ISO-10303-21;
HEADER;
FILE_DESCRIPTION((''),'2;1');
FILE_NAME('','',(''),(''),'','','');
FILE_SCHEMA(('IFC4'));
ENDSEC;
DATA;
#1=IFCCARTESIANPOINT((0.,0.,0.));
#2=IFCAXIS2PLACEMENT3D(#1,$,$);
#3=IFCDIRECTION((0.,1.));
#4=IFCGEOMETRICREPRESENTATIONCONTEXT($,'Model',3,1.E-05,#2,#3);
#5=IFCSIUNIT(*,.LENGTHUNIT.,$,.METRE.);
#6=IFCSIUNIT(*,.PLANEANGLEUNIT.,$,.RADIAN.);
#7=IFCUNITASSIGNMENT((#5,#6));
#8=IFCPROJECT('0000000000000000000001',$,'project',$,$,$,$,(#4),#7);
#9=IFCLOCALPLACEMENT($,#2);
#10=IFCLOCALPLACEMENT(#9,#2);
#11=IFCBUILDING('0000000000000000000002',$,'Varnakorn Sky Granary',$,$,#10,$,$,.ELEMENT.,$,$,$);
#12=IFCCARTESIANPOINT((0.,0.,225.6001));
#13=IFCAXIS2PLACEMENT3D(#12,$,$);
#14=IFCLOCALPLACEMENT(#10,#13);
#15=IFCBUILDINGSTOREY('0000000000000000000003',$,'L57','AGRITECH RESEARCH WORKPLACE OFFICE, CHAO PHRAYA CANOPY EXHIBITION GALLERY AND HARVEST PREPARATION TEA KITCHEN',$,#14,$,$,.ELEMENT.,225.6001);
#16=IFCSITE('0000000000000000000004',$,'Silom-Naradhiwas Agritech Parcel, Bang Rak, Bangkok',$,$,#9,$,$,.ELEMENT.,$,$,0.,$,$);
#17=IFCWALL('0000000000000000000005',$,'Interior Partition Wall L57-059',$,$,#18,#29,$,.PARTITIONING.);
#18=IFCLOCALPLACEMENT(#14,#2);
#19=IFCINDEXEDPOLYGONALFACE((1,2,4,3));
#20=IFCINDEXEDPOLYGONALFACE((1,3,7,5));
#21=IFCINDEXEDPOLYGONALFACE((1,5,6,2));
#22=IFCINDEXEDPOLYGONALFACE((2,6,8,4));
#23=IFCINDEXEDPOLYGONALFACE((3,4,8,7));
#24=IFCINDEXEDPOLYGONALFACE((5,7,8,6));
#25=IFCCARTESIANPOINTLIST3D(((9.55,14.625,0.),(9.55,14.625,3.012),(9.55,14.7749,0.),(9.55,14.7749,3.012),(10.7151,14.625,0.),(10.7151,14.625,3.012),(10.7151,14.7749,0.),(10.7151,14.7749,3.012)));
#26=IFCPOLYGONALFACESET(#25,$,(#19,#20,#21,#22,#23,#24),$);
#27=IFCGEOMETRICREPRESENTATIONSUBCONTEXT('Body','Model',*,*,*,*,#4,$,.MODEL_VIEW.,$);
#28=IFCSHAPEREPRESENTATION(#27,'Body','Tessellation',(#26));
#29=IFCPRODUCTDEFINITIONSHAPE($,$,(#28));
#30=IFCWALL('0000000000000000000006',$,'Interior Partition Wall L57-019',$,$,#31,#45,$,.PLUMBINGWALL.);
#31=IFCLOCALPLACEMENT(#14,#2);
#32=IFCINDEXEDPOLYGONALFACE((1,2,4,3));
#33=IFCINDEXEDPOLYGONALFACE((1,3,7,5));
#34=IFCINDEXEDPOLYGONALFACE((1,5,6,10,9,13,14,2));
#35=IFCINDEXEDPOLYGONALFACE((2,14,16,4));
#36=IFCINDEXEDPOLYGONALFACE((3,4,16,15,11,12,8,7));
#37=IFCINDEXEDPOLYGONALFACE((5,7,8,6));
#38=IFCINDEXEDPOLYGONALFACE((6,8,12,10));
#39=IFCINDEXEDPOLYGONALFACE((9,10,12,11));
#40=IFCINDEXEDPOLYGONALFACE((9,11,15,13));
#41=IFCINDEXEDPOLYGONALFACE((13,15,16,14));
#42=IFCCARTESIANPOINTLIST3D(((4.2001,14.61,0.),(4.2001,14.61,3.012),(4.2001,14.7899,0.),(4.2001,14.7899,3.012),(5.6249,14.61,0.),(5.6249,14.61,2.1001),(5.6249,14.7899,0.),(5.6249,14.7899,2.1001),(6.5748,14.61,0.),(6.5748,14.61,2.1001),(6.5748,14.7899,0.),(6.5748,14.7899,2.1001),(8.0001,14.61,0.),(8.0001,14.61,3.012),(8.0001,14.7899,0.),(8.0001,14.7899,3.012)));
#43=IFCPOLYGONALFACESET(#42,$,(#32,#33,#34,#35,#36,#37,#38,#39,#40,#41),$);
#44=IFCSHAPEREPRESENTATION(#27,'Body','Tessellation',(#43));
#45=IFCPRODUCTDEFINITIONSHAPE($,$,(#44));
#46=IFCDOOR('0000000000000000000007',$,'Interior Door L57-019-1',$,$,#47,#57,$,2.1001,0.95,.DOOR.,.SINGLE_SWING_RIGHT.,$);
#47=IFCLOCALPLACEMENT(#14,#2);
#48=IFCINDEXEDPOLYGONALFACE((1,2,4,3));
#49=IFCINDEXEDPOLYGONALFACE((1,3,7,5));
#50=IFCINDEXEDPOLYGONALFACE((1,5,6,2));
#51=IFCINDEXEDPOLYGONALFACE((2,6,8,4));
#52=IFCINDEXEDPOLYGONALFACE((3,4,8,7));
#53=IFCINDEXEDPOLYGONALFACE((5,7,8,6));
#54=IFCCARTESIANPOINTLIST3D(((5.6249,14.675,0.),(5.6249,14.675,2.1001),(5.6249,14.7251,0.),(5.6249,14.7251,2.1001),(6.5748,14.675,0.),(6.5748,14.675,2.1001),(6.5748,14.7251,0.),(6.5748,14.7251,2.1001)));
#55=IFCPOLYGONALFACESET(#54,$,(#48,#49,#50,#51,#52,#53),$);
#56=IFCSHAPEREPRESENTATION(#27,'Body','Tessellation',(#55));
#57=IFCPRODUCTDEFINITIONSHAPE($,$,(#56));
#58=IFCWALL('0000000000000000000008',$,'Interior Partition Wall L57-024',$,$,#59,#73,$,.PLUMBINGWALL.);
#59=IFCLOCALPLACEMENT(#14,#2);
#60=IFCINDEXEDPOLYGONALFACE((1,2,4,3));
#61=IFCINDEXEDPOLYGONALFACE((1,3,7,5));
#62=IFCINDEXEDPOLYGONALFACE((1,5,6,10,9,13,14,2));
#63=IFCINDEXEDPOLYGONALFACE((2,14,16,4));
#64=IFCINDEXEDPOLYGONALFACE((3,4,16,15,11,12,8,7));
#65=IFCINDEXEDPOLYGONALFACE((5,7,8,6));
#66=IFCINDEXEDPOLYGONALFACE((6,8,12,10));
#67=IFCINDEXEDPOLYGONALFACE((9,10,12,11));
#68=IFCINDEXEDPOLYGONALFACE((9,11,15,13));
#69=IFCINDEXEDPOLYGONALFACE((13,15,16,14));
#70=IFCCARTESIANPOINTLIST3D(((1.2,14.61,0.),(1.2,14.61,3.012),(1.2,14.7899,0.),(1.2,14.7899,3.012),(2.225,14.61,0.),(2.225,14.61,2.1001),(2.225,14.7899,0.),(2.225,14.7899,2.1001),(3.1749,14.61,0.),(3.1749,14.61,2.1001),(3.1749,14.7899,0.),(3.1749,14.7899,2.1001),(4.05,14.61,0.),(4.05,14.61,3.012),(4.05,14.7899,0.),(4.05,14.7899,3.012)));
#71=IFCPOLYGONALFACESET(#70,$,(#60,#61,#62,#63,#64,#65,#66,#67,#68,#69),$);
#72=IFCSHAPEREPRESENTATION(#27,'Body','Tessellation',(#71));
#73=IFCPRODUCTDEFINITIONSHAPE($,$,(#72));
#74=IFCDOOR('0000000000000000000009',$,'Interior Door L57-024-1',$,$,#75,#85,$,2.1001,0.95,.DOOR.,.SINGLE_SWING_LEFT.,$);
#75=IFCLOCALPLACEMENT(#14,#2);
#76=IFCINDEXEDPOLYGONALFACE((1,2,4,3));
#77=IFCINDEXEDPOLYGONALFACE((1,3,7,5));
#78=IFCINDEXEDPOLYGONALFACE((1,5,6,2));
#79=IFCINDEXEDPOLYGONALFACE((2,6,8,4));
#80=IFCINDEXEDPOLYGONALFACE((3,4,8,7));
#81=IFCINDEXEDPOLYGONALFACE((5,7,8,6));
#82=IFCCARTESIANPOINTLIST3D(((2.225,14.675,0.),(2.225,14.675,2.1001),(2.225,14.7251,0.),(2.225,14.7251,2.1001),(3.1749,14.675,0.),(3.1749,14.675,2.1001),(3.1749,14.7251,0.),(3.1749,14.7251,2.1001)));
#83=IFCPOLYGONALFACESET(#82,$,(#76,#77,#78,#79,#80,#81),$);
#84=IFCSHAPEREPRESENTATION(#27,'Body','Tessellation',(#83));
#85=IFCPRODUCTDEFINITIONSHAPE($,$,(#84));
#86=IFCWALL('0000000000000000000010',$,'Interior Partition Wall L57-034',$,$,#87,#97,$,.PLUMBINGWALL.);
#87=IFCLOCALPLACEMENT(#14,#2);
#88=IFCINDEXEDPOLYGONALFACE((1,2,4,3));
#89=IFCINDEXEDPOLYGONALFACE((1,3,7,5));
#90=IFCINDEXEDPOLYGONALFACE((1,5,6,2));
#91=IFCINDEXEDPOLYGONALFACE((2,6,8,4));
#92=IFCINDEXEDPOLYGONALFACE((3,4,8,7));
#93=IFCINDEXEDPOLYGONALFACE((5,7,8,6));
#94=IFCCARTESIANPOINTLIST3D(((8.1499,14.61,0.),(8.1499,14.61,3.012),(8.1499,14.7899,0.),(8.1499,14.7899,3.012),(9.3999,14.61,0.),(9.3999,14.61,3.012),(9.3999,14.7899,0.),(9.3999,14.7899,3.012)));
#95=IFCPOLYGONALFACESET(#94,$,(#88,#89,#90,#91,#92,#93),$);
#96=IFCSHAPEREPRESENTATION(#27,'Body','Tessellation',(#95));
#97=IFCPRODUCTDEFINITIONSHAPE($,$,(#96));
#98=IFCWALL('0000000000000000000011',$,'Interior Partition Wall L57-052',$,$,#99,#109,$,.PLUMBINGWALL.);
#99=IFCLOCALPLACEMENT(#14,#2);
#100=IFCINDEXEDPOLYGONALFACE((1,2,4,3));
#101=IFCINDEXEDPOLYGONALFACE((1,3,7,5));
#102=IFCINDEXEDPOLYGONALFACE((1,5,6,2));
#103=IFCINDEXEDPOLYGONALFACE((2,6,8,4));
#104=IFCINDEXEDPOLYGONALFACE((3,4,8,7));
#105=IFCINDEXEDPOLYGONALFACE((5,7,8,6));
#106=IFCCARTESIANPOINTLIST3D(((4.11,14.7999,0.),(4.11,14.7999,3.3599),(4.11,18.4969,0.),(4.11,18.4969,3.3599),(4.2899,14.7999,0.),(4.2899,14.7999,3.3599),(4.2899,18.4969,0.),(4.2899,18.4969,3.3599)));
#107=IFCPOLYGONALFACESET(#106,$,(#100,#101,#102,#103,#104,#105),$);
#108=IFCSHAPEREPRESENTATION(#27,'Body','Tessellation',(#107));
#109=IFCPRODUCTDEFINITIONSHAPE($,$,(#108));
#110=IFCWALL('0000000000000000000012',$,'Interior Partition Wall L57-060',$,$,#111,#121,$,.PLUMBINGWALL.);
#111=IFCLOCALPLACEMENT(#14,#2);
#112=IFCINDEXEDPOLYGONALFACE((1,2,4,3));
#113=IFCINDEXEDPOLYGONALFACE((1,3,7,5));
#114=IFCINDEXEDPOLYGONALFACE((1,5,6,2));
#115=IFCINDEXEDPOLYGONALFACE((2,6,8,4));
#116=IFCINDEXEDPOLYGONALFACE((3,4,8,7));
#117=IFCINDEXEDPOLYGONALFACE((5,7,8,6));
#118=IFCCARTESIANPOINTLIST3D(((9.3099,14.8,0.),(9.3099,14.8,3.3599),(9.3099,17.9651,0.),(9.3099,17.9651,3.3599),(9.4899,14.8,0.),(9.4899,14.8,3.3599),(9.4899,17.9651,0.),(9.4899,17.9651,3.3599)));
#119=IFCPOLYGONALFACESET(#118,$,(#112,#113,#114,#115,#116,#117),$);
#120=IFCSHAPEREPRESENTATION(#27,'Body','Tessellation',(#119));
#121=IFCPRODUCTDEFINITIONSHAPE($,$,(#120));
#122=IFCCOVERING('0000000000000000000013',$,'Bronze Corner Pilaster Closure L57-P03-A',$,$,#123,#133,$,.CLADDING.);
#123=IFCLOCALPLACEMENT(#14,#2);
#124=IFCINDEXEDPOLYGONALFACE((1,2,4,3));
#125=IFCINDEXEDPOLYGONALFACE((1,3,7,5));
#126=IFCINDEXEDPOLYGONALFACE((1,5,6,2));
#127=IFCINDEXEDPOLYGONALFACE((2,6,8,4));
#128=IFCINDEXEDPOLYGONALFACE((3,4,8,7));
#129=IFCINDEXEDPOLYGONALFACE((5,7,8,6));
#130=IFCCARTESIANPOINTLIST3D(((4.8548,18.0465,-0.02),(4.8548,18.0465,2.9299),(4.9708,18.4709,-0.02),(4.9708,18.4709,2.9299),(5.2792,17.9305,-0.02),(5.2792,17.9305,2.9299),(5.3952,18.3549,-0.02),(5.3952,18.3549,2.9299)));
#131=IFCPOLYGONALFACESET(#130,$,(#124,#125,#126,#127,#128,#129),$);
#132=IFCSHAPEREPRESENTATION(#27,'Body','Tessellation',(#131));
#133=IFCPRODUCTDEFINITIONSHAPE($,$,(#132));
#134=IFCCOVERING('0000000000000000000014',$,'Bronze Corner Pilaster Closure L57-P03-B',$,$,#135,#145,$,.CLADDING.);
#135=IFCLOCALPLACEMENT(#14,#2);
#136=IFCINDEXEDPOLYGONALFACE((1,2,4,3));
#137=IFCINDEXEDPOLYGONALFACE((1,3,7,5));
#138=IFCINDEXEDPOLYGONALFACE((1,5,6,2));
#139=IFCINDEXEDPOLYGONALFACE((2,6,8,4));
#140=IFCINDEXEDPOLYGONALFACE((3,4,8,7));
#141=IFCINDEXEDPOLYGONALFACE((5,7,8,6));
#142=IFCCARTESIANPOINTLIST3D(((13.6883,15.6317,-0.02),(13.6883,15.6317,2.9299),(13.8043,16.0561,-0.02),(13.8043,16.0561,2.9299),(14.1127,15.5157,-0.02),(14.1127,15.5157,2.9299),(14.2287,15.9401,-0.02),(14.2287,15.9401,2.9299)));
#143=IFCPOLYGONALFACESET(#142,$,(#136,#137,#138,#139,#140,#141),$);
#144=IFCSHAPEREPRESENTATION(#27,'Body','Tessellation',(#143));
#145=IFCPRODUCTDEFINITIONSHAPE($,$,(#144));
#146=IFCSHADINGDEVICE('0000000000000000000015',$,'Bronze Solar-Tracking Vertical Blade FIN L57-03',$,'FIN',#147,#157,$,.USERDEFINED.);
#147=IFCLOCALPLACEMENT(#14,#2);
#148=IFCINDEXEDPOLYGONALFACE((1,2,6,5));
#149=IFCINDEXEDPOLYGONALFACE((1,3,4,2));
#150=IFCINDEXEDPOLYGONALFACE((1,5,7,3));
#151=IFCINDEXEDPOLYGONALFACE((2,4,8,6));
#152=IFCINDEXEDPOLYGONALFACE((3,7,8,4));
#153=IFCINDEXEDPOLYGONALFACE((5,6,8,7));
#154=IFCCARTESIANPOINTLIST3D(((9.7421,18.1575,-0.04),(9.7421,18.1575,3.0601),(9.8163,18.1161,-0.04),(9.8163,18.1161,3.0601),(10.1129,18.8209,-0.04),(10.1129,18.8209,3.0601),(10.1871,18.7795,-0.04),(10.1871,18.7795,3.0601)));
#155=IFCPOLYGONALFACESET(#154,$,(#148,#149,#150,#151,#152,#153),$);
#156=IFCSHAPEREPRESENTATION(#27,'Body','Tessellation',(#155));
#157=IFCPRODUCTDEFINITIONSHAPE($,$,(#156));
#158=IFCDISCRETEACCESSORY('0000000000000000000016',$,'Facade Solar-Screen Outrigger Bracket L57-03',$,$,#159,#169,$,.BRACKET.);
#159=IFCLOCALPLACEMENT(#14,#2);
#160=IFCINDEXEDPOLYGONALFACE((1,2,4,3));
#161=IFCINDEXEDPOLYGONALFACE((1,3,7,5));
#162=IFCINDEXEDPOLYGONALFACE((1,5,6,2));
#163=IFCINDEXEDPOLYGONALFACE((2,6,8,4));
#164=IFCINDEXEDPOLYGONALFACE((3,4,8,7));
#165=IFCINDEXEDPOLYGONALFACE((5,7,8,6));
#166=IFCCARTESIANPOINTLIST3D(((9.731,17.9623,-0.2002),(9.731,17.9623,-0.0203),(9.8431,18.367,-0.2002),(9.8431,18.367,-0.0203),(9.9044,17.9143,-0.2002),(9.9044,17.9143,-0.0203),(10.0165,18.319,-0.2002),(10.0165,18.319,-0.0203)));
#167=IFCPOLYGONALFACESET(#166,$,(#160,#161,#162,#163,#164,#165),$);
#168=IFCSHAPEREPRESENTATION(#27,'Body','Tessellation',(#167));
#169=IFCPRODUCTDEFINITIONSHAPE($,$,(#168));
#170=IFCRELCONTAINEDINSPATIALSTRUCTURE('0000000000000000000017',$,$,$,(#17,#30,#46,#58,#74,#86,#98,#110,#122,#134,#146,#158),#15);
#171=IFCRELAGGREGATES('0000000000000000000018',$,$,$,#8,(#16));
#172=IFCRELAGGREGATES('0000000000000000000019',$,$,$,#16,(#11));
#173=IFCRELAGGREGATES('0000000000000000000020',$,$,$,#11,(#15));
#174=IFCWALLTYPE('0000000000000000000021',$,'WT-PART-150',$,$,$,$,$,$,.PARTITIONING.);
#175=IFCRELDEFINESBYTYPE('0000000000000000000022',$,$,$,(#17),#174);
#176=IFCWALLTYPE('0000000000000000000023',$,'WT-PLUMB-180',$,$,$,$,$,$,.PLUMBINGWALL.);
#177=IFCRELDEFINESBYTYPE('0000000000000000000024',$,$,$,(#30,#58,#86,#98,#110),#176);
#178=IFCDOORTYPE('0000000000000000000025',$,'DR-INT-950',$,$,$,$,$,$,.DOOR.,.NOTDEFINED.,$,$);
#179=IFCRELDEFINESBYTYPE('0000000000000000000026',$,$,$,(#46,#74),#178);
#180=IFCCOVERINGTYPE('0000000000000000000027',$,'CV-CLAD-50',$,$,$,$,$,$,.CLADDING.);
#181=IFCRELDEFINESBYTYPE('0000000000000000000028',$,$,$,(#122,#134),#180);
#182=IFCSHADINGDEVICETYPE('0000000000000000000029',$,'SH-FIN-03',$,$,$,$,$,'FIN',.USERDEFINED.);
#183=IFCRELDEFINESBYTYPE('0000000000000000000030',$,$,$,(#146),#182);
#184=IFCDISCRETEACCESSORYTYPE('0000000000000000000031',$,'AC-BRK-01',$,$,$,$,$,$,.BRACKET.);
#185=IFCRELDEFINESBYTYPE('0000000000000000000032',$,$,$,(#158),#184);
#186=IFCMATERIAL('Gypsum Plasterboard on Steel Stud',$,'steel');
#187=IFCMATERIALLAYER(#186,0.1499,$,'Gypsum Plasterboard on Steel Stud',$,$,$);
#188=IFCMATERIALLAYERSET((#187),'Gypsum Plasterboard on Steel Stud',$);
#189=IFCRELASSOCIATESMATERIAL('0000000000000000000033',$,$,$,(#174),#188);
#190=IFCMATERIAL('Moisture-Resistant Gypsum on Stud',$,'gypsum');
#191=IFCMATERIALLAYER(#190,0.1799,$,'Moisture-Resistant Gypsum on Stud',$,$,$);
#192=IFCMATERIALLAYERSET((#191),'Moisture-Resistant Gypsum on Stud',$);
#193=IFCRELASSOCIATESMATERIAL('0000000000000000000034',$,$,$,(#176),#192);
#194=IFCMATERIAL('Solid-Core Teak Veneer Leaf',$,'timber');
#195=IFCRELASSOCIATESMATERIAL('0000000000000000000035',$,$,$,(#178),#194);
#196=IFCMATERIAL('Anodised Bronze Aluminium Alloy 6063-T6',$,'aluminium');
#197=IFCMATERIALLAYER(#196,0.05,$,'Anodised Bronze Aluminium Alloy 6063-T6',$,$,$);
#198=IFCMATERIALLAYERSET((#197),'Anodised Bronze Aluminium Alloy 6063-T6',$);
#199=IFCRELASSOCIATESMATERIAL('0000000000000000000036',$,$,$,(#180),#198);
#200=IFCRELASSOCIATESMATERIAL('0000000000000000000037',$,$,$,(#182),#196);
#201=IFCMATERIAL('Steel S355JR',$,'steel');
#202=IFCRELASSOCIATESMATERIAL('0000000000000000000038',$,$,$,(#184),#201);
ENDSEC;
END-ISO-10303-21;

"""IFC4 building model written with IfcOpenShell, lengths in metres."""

from ifc_helpers import new_model, si_unit, direction, frame, frame_2d, origin, origin_2d, place, context, subcontext, project, spatial, rectangle, extrude, source, transform, mapped, material, layer, layer_set, type_object, type_shapes, element, fill, save


model = new_model("IFC4")

# Units and contexts
model_context = context("Model", 3, precision=1e-05, world=origin(), true_north=direction((0.0, 1.0)))
body_context = subcontext(model_context, "Body", "Model", "MODEL_VIEW")
ifc_project = project(units=[si_unit("LENGTHUNIT", "METRE"), si_unit("PLANEANGLEUNIT", "RADIAN")], contexts=[model_context])

# Site, building, storey
site_placement = place(None, origin())
site = spatial("IfcSite", under=ifc_project, at=site_placement, Name="Silom-Naradhiwas Agritech Parcel, Bang Rak, Bangkok", CompositionType="ELEMENT", RefElevation=0.0)
building_placement = place(site_placement, origin())
building = spatial("IfcBuilding", under=site, at=building_placement, Name="Varnakorn Sky Granary", CompositionType="ELEMENT")
storey_placement = place(building_placement, frame((0.0, 0.0, 225.6001)))
storey = spatial("IfcBuildingStorey", under=building, at=storey_placement, Name="L57", Description="AGRITECH RESEARCH WORKPLACE OFFICE, CHAO PHRAYA CANOPY EXHIBITION GALLERY AND HARVEST PREPARATION TEA KITCHEN", CompositionType="ELEMENT", Elevation=225.6001)

# Shared definitions
ifc_material_1 = material(Name="Steel S355JR", Category="steel")

# Shared definitions
ifc_material_2 = material(Name="Anodised Bronze Aluminium Alloy 6063-T6", Category="aluminium")

# Wall
ifc_material_3 = material(Name="Gypsum Plasterboard on Steel Stud", Category="steel")
ifc_layer_1 = layer(ifc_material_3, 0.1499, Name="Gypsum Plasterboard on Steel Stud")
ifc_layer_set_1 = layer_set([ifc_layer_1], Name="Gypsum Plasterboard on Steel Stud")
wall_type_1 = type_object("IfcWallType", Name="WT-PART-150", PredefinedType="PARTITIONING", material=ifc_layer_set_1)
wall_1_placement = place(storey_placement, frame((10.7151, 14.7, 0.0), z_axis=(0.0, 0.0, 1.0), x_axis=(-1.0, 0.0, 0.0)))
element("IfcWall", 1, at=wall_1_placement, inside=storey, type_object=wall_type_1, Name="Interior Partition Wall L57-059", PredefinedType="PARTITIONING", context=body_context, shape_type="SweptSolid", body=[
    extrude(rectangle(XDim=1.165, YDim=0.1499, at=frame_2d((0.5825, 0.0))), origin(), (0.0, 0.0, 1.0), 3.012),
])

# Walls, openings, doors
ifc_material_4 = material(Name="Moisture-Resistant Gypsum on Stud", Category="gypsum")
ifc_layer_2 = layer(ifc_material_4, 0.1799, Name="Moisture-Resistant Gypsum on Stud")
ifc_layer_set_2 = layer_set([ifc_layer_2], Name="Moisture-Resistant Gypsum on Stud")
wall_type_2 = type_object("IfcWallType", Name="WT-PLUMB-180", PredefinedType="PLUMBINGWALL", material=ifc_layer_set_2)
wall_2_placement = place(storey_placement, frame((8.0, 14.7, 0.0), z_axis=(0.0, 0.0, 1.0), x_axis=(-1.0, 0.0, 0.0)))
wall_2 = element("IfcWall", 2, at=wall_2_placement, inside=storey, type_object=wall_type_2, Name="Interior Partition Wall L57-019", PredefinedType="PLUMBINGWALL", context=body_context, shape_type="SweptSolid", body=[
    extrude(rectangle(XDim=3.8, YDim=0.1799, at=frame_2d((1.8999, 0.0))), origin(), (0.0, 0.0, 1.0), 3.012),
])
opening_1_placement = place(wall_2_placement, frame((1.425, 0.0, 0.0)))
opening_1 = element("IfcOpeningElement", 3, at=opening_1_placement, cuts=wall_2, PredefinedType="OPENING", context=body_context, shape_type="SweptSolid", body=[
    extrude(rectangle(XDim=0.95, YDim=2.1001, at=frame_2d((0.4751, 1.05))), frame((0.0, 0.1001, 0.0), z_axis=(0.0, -1.0, 0.0), x_axis=(1.0, 0.0, 0.0)), (0.0, 0.0, 1.0), 0.2),
])
ifc_material_5 = material(Name="Solid-Core Teak Veneer Leaf", Category="timber")
door_type = type_object("IfcDoorType", Name="DR-INT-950", OperationType="NOTDEFINED", PredefinedType="DOOR", material=ifc_material_5)
door_1_placement = place(opening_1_placement, origin())
door_1 = element("IfcDoor", 4, at=door_1_placement, inside=storey, type_object=door_type, Name="Interior Door L57-019-1", OperationType="SINGLE_SWING_RIGHT", OverallHeight=2.1001, OverallWidth=0.95, PredefinedType="DOOR", context=body_context, shape_type="SweptSolid", body=[
    extrude(rectangle(XDim=0.95, YDim=2.1001, at=frame_2d((0.4751, 1.05))), frame((0.0, 0.0249, 0.0), z_axis=(0.0, -1.0, 0.0), x_axis=(1.0, 0.0, 0.0)), (0.0, 0.0, 1.0), 0.05),
])
fill(opening_1, door_1)
wall_3_placement = place(storey_placement, frame((4.05, 14.7, 0.0), z_axis=(0.0, 0.0, 1.0), x_axis=(-1.0, 0.0, 0.0)))
wall_3 = element("IfcWall", 5, at=wall_3_placement, inside=storey, type_object=wall_type_2, Name="Interior Partition Wall L57-024", PredefinedType="PLUMBINGWALL", context=body_context, shape_type="SweptSolid", body=[
    extrude(rectangle(XDim=2.8501, YDim=0.1799, at=frame_2d((1.425, 0.0))), origin(), (0.0, 0.0, 1.0), 3.012),
])
opening_2_placement = place(wall_3_placement, frame((0.875, 0.0, 0.0)))
opening_2 = element("IfcOpeningElement", 6, at=opening_2_placement, cuts=wall_3, PredefinedType="OPENING", context=body_context, shape_type="SweptSolid", body=[
    extrude(rectangle(XDim=0.95, YDim=2.1001, at=frame_2d((0.4751, 1.05))), frame((0.0, 0.1001, 0.0), z_axis=(0.0, -1.0, 0.0), x_axis=(1.0, 0.0, 0.0)), (0.0, 0.0, 1.0), 0.2),
])
door_2_placement = place(opening_2_placement, origin())
door_2 = element("IfcDoor", 7, at=door_2_placement, inside=storey, type_object=door_type, Name="Interior Door L57-024-1", OperationType="SINGLE_SWING_LEFT", OverallHeight=2.1001, OverallWidth=0.95, PredefinedType="DOOR", context=body_context, shape_type="SweptSolid", body=[
    extrude(rectangle(XDim=0.95, YDim=2.1001, at=frame_2d((0.4751, 1.05))), frame((0.0, 0.0249, 0.0), z_axis=(0.0, -1.0, 0.0), x_axis=(1.0, 0.0, 0.0)), (0.0, 0.0, 1.0), 0.05),
])
fill(opening_2, door_2)

# Walls
wall_4_placement = place(storey_placement, frame((9.3999, 14.7, 0.0), z_axis=(0.0, 0.0, 1.0), x_axis=(-1.0, 0.0, 0.0)))
element("IfcWall", 8, at=wall_4_placement, inside=storey, type_object=wall_type_2, Name="Interior Partition Wall L57-034", PredefinedType="PLUMBINGWALL", context=body_context, shape_type="SweptSolid", body=[
    extrude(rectangle(XDim=1.25, YDim=0.1799, at=frame_2d((0.625, 0.0))), origin(), (0.0, 0.0, 1.0), 3.012),
])
wall_5_placement = place(storey_placement, frame((4.2, 18.4971, 0.0), z_axis=(0.0, 0.0, 1.0), x_axis=(0.0, -1.0, 0.0)))
element("IfcWall", 9, at=wall_5_placement, inside=storey, type_object=wall_type_2, Name="Interior Partition Wall L57-052", PredefinedType="PLUMBINGWALL", context=body_context, shape_type="SweptSolid", body=[
    extrude(rectangle(XDim=3.697, YDim=0.1799, at=frame_2d((1.8486, 0.0))), origin(), (0.0, 0.0, 1.0), 3.3599),
])
wall_6_placement = place(storey_placement, frame((9.3999, 14.8, 0.0), z_axis=(0.0, 0.0, 1.0), x_axis=(0.0, 1.0, 0.0)))
element("IfcWall", 10, at=wall_6_placement, inside=storey, type_object=wall_type_2, Name="Interior Partition Wall L57-060", PredefinedType="PLUMBINGWALL", context=body_context, shape_type="SweptSolid", body=[
    extrude(rectangle(XDim=3.165, YDim=0.1799, at=frame_2d((1.5825, 0.0))), origin(), (0.0, 0.0, 1.0), 3.3599),
])

# Coverings
ifc_layer_3 = layer(ifc_material_2, 0.05, Name="Anodised Bronze Aluminium Alloy 6063-T6")
ifc_layer_set_3 = layer_set([ifc_layer_3], Name="Anodised Bronze Aluminium Alloy 6063-T6")
covering_type = type_object("IfcCoveringType", Name="CV-CLAD-50", PredefinedType="CLADDING", material=ifc_layer_set_3)
shared_shape_1 = source(origin(), body_context, "Body", "SweptSolid", [
    extrude(rectangle(XDim=0.4399, YDim=0.4399, at=origin_2d()), origin(), (0.0, 0.0, 1.0), 2.95),
])
type_shapes(covering_type, [shared_shape_1])
for number, where, z_axis, x_axis, name in (
    (11, (5.125, 18.2007, -0.02), (0.0, 0.0, 1.0), (0.964603, -0.263705, 0.0), "Bronze Corner Pilaster Closure L57-P03-A"),
    (12, (13.9585, 15.7859, -0.02), (0.0, 0.0, 1.0), (0.964603, -0.263705, 0.0), "Bronze Corner Pilaster Closure L57-P03-B"),
):
    element("IfcCovering", number, at=place(storey_placement, frame(where, z_axis=z_axis, x_axis=x_axis)), inside=storey, type_object=covering_type, Name=name, PredefinedType="CLADDING", context=body_context, shape_type="MappedRepresentation", body=[
        mapped(shared_shape_1, transform((0.0, 0.0, 0.0), x_axis=(1.0, 0.0, 0.0), y_axis=(0.0, 1.0, 0.0), z_axis=(0.0, 0.0, 1.0), scale=1.0)),
    ])

# Shading device
shading_device_type = type_object("IfcShadingDeviceType", Name="SH-FIN-03", ElementType="FIN", PredefinedType="USERDEFINED", material=ifc_material_2)
shared_shape_2 = source(origin(), body_context, "Body", "SweptSolid", [
    extrude(rectangle(XDim=0.085, YDim=0.76, at=origin_2d()), origin(), (0.0, 0.0, 1.0), 3.1001),
])
type_shapes(shading_device_type, [shared_shape_2])
shading_device_placement = place(storey_placement, frame((9.9646, 18.4685, -0.04), z_axis=(0.0, 0.0, 1.0), x_axis=(-0.872923, 0.487859, 0.0)))
element("IfcShadingDevice", 13, at=shading_device_placement, inside=storey, type_object=shading_device_type, Name="Bronze Solar-Tracking Vertical Blade FIN L57-03", ObjectType="FIN", PredefinedType="USERDEFINED", context=body_context, shape_type="MappedRepresentation", body=[
    mapped(shared_shape_2, transform((0.0, 0.0, 0.0), x_axis=(1.0, 0.0, 0.0), y_axis=(0.0, 1.0, 0.0), z_axis=(0.0, 0.0, 1.0), scale=1.0)),
])

# Discrete accessory
discrete_accessory_type = type_object("IfcDiscreteAccessoryType", Name="AC-BRK-01", PredefinedType="BRACKET", material=ifc_material_1)
shared_shape_3 = source(origin(), body_context, "Body", "SweptSolid", [
    extrude(rectangle(XDim=0.1799, YDim=0.4199, at=origin_2d()), origin(), (0.0, 0.0, 1.0), 0.1799),
])
type_shapes(discrete_accessory_type, [shared_shape_3])
discrete_accessory_placement = place(storey_placement, frame((9.8738, 18.1406, -0.2002), z_axis=(0.0, 0.0, 1.0), x_axis=(-0.963727, 0.266891, 0.0)))
element("IfcDiscreteAccessory", 14, at=discrete_accessory_placement, inside=storey, type_object=discrete_accessory_type, Name="Facade Solar-Screen Outrigger Bracket L57-03", PredefinedType="BRACKET", context=body_context, shape_type="MappedRepresentation", body=[
    mapped(shared_shape_3, transform((0.0, 0.0, 0.0), x_axis=(1.0, 0.0, 0.0), y_axis=(0.0, 1.0, 0.0), z_axis=(0.0, 0.0, 1.0), scale=1.0)),
])

save(model, "model.ifc")
